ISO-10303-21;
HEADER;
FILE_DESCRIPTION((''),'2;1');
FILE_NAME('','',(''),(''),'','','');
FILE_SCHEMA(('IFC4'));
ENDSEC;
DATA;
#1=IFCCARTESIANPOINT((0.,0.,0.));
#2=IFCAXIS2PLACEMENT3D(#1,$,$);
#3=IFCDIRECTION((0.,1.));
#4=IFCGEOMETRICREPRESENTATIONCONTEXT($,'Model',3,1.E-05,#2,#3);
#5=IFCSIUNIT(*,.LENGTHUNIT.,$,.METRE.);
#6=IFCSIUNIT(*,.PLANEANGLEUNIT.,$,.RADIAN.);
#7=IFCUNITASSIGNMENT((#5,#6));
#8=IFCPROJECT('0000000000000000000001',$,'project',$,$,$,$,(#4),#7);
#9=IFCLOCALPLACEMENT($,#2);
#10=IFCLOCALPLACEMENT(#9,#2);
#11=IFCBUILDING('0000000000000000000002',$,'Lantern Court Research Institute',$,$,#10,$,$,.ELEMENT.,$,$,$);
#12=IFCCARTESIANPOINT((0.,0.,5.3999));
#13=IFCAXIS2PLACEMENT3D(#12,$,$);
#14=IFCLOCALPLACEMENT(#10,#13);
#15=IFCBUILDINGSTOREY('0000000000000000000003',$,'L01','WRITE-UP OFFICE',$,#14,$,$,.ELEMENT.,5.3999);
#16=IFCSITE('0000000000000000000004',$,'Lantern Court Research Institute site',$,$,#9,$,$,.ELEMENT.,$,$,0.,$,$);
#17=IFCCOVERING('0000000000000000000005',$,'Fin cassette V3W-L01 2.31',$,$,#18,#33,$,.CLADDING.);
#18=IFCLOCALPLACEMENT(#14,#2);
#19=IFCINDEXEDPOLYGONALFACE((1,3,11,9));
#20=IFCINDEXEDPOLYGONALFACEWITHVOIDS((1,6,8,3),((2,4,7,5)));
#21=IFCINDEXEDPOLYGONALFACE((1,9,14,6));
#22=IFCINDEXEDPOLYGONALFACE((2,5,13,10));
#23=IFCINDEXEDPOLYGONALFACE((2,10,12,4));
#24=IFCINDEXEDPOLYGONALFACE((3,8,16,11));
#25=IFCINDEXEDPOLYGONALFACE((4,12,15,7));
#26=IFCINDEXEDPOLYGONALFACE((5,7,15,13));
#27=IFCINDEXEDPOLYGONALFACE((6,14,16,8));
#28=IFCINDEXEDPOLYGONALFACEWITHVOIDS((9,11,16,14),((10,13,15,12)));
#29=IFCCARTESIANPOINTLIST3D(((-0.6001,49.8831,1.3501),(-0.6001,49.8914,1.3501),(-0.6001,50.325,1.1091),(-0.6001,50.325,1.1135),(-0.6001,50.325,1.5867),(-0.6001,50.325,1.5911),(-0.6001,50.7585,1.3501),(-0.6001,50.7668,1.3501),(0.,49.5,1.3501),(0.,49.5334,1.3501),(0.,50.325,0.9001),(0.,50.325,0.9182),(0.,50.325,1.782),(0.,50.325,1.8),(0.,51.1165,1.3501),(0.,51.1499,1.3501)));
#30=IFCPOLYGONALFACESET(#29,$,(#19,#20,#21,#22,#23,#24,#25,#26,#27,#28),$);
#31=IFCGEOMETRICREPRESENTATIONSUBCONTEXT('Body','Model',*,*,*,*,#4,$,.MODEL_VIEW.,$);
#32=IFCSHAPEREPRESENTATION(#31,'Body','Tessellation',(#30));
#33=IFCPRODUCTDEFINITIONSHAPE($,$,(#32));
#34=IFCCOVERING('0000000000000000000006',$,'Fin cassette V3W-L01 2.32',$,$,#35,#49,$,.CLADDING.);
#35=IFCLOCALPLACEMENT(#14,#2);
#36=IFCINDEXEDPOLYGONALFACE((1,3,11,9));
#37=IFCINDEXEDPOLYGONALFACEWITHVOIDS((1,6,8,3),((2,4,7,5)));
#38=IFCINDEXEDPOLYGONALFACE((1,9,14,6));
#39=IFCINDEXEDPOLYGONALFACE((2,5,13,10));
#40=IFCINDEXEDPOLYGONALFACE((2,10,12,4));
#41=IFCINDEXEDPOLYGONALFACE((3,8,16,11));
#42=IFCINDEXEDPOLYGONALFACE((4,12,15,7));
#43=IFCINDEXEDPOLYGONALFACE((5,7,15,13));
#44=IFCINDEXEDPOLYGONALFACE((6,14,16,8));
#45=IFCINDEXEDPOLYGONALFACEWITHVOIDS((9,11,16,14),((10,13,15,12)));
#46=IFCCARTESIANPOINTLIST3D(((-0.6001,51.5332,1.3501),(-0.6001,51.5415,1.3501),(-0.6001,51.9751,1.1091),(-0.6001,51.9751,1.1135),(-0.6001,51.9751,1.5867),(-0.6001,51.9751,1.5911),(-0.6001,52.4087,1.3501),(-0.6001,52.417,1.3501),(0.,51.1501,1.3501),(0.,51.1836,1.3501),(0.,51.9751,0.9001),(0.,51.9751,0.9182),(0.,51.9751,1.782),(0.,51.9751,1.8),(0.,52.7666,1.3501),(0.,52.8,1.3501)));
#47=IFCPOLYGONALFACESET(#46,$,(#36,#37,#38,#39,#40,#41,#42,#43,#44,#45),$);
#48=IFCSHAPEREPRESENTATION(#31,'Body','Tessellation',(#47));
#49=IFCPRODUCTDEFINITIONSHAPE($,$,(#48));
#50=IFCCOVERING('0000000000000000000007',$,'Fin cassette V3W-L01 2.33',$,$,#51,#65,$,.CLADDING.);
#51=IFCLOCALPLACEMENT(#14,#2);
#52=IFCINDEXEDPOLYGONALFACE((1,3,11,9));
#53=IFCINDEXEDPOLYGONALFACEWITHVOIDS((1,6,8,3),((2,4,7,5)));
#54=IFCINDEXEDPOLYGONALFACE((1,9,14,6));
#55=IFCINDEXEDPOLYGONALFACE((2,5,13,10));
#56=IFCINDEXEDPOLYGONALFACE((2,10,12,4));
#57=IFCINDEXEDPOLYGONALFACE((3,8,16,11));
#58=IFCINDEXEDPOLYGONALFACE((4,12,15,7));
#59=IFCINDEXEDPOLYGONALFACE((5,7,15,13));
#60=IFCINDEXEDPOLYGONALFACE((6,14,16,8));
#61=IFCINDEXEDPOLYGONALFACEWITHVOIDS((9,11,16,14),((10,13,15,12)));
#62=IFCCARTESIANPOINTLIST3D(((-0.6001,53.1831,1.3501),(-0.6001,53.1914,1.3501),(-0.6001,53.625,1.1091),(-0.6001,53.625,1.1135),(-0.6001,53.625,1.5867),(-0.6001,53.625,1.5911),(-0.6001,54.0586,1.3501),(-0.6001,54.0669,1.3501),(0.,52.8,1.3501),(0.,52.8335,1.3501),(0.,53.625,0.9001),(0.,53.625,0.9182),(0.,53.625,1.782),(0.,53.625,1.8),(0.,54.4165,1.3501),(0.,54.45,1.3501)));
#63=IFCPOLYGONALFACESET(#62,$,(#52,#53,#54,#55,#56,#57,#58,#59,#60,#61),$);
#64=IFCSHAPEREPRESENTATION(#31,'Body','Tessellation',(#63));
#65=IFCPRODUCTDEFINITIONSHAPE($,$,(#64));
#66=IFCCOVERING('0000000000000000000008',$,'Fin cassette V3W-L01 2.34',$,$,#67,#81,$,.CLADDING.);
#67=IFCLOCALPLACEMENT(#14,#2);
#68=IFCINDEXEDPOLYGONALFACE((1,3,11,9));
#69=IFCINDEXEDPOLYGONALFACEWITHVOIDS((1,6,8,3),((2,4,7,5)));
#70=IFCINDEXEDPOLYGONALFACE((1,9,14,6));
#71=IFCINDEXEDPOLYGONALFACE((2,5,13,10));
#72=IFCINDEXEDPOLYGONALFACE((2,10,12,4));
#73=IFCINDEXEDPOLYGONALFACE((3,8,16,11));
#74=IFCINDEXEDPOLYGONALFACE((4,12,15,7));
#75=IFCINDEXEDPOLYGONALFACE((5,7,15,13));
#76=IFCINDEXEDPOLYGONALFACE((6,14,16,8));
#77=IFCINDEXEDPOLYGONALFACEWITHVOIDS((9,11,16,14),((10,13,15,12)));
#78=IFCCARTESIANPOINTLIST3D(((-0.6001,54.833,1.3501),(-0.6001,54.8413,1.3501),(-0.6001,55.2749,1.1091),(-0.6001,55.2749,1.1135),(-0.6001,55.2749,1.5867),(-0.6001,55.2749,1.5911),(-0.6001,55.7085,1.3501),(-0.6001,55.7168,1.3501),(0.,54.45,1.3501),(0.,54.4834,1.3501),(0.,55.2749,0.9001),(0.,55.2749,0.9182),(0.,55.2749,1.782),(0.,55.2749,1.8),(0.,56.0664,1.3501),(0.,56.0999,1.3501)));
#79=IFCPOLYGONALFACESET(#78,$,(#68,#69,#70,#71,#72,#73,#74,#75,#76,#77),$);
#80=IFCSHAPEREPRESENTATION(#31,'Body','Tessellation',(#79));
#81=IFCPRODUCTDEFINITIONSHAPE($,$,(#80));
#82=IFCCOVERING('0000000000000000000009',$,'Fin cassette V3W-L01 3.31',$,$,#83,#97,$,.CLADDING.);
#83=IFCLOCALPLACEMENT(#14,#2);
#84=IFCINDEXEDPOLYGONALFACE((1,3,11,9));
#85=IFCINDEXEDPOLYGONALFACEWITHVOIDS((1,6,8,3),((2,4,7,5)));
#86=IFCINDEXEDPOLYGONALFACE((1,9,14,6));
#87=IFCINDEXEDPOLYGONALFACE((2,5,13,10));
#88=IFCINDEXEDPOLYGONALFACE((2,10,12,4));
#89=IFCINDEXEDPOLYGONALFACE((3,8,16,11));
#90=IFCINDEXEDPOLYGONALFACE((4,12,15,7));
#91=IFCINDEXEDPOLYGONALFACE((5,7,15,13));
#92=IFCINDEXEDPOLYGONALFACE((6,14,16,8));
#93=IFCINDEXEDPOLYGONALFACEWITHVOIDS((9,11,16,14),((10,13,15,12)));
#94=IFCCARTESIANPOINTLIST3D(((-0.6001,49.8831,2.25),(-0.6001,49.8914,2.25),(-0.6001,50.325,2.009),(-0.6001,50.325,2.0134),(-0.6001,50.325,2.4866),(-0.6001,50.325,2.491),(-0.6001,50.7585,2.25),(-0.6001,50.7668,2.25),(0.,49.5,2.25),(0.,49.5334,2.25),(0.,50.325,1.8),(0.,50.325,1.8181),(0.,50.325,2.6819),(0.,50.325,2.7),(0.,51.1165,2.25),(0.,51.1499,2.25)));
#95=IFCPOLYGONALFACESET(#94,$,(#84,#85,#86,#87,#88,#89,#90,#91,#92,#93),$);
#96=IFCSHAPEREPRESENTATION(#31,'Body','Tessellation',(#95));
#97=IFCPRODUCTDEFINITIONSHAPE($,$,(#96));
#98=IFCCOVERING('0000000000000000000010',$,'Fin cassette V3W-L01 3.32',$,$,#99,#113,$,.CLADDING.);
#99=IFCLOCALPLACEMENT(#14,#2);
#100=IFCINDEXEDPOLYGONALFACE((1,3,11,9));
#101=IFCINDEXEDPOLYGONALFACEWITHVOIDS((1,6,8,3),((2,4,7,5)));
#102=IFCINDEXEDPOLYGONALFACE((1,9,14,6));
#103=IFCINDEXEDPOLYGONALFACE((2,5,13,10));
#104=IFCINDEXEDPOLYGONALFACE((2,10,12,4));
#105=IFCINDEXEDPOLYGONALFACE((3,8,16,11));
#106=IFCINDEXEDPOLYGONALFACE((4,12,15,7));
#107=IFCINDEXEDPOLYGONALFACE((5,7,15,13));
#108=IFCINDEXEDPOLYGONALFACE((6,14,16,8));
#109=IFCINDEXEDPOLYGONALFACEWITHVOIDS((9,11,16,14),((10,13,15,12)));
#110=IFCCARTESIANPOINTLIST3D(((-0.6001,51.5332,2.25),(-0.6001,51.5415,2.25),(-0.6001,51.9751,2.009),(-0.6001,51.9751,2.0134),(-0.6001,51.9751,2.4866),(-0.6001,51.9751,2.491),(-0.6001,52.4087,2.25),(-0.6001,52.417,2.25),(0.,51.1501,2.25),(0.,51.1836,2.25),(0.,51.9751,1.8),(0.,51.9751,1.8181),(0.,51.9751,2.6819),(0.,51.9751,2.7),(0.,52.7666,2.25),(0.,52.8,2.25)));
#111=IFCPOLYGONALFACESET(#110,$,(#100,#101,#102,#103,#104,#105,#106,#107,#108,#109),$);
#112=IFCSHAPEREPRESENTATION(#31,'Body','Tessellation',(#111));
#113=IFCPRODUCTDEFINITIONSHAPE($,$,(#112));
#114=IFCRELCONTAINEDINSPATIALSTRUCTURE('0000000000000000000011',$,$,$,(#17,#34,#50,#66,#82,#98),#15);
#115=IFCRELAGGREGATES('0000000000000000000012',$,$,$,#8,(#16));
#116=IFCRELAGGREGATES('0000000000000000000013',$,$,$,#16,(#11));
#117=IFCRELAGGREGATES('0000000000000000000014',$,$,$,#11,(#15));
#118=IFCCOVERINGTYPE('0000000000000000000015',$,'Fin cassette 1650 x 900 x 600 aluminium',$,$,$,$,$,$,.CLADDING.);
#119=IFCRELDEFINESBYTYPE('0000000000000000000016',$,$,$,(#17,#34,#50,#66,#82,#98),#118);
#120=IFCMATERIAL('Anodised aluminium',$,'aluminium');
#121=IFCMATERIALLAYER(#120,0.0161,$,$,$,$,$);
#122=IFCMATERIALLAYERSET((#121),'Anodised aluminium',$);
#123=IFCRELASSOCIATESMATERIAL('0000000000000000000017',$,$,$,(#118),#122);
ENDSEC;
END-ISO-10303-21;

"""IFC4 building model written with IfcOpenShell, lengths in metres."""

from ifc_helpers import new_model, entity, si_unit, direction, frame, origin, place, context, subcontext, project, spatial, material, layer, layer_set, type_object, element, save


model = new_model("IFC4")

# Units and contexts
model_context = context("Model", 3, precision=1e-05, world=origin(), true_north=direction((0.0, 1.0)))
body_context = subcontext(model_context, "Body", "Model", "MODEL_VIEW")
ifc_project = project(units=[si_unit("LENGTHUNIT", "METRE"), si_unit("PLANEANGLEUNIT", "RADIAN")], contexts=[model_context])

# Site, building, storey
site_placement = place(None, origin())
site = spatial("IfcSite", under=ifc_project, at=site_placement, Name="Lantern Court Research Institute site", CompositionType="ELEMENT", RefElevation=0.0)
building_placement = place(site_placement, origin())
building = spatial("IfcBuilding", under=site, at=building_placement, Name="Lantern Court Research Institute", CompositionType="ELEMENT")
storey_placement = place(building_placement, frame((0.0, 0.0, 5.3999)))
storey = spatial("IfcBuildingStorey", under=building, at=storey_placement, Name="L01", Description="WRITE-UP OFFICE", CompositionType="ELEMENT", Elevation=5.3999)

# Coverings
ifc_material_1 = material(Name="Anodised aluminium", Category="aluminium")
ifc_layer_1 = layer(ifc_material_1, 0.0161)
ifc_layer_set_1 = layer_set([ifc_layer_1], Name="Anodised aluminium")
covering_type = type_object("IfcCoveringType", Name="Fin cassette 1650 x 900 x 600 aluminium", PredefinedType="CLADDING", material=ifc_layer_set_1)
covering_1_placement = place(storey_placement, frame((0.0, 50.325, 1.3501), z_axis=(-1.0, 0.0, 0.0), x_axis=(0.0, -1.0, 0.0)))
cartesian_point_1 = entity("IfcCartesianPoint", [0.825, 0.0])
cartesian_point_2 = entity("IfcCartesianPoint", [0.7915, 0.0])
cartesian_point_3 = entity("IfcCartesianPoint", [0.4419, 0.0])
cartesian_point_4 = entity("IfcCartesianPoint", [0.4336, 0.0])
element("IfcCovering", 1, at=covering_1_placement, inside=storey, type_object=covering_type, Name="Fin cassette V3W-L01 2.31", PredefinedType="CLADDING", context=body_context, shape_type="SweptSolid", body=[
    entity("IfcExtrudedAreaSolidTapered", entity("IfcArbitraryProfileDefWithVoids", "AREA", None, entity("IfcPolyline", [cartesian_point_1, entity("IfcCartesianPoint", [0.0, 0.45]), entity("IfcCartesianPoint", [-0.825, 0.0]), entity("IfcCartesianPoint", [0.0, -0.45]), cartesian_point_1]), [entity("IfcPolyline", [cartesian_point_2, entity("IfcCartesianPoint", [0.0, 0.4319]), entity("IfcCartesianPoint", [-0.7915, 0.0]), entity("IfcCartesianPoint", [0.0, -0.4319]), cartesian_point_2])]), entity("IfcAxis2Placement3D", entity("IfcCartesianPoint", [0.0, 0.0, 0.0])), entity("IfcDirection", [0.0, 0.0, 1.0]), 0.6001, entity("IfcArbitraryProfileDefWithVoids", "AREA", None, entity("IfcPolyline", [cartesian_point_3, entity("IfcCartesianPoint", [0.0, 0.241]), entity("IfcCartesianPoint", [-0.4419, 0.0]), entity("IfcCartesianPoint", [0.0, -0.241]), cartesian_point_3]), [entity("IfcPolyline", [cartesian_point_4, entity("IfcCartesianPoint", [0.0, 0.2366]), entity("IfcCartesianPoint", [-0.4336, 0.0]), entity("IfcCartesianPoint", [0.0, -0.2366]), cartesian_point_4])])),
])
covering_2_placement = place(storey_placement, frame((0.0, 51.9751, 1.3501), z_axis=(-1.0, 0.0, 0.0), x_axis=(0.0, -1.0, 0.0)))
cartesian_point_5 = entity("IfcCartesianPoint", [0.825, 0.0])
cartesian_point_6 = entity("IfcCartesianPoint", [0.7915, 0.0])
cartesian_point_7 = entity("IfcCartesianPoint", [0.4419, 0.0])
cartesian_point_8 = entity("IfcCartesianPoint", [0.4336, 0.0])
element("IfcCovering", 2, at=covering_2_placement, inside=storey, type_object=covering_type, Name="Fin cassette V3W-L01 2.32", PredefinedType="CLADDING", context=body_context, shape_type="SweptSolid", body=[
    entity("IfcExtrudedAreaSolidTapered", entity("IfcArbitraryProfileDefWithVoids", "AREA", None, entity("IfcPolyline", [cartesian_point_5, entity("IfcCartesianPoint", [0.0, 0.45]), entity("IfcCartesianPoint", [-0.825, 0.0]), entity("IfcCartesianPoint", [0.0, -0.45]), cartesian_point_5]), [entity("IfcPolyline", [cartesian_point_6, entity("IfcCartesianPoint", [0.0, 0.4319]), entity("IfcCartesianPoint", [-0.7915, 0.0]), entity("IfcCartesianPoint", [0.0, -0.4319]), cartesian_point_6])]), entity("IfcAxis2Placement3D", entity("IfcCartesianPoint", [0.0, 0.0, 0.0])), entity("IfcDirection", [0.0, 0.0, 1.0]), 0.6001, entity("IfcArbitraryProfileDefWithVoids", "AREA", None, entity("IfcPolyline", [cartesian_point_7, entity("IfcCartesianPoint", [0.0, 0.241]), entity("IfcCartesianPoint", [-0.4419, 0.0]), entity("IfcCartesianPoint", [0.0, -0.241]), cartesian_point_7]), [entity("IfcPolyline", [cartesian_point_8, entity("IfcCartesianPoint", [0.0, 0.2366]), entity("IfcCartesianPoint", [-0.4336, 0.0]), entity("IfcCartesianPoint", [0.0, -0.2366]), cartesian_point_8])])),
])
covering_3_placement = place(storey_placement, frame((0.0, 53.625, 1.3501), z_axis=(-1.0, 0.0, 0.0), x_axis=(0.0, -1.0, 0.0)))
cartesian_point_9 = entity("IfcCartesianPoint", [0.825, 0.0])
cartesian_point_10 = entity("IfcCartesianPoint", [0.7915, 0.0])
cartesian_point_11 = entity("IfcCartesianPoint", [0.4419, 0.0])
cartesian_point_12 = entity("IfcCartesianPoint", [0.4336, 0.0])
element("IfcCovering", 3, at=covering_3_placement, inside=storey, type_object=covering_type, Name="Fin cassette V3W-L01 2.33", PredefinedType="CLADDING", context=body_context, shape_type="SweptSolid", body=[
    entity("IfcExtrudedAreaSolidTapered", entity("IfcArbitraryProfileDefWithVoids", "AREA", None, entity("IfcPolyline", [cartesian_point_9, entity("IfcCartesianPoint", [0.0, 0.45]), entity("IfcCartesianPoint", [-0.825, 0.0]), entity("IfcCartesianPoint", [0.0, -0.45]), cartesian_point_9]), [entity("IfcPolyline", [cartesian_point_10, entity("IfcCartesianPoint", [0.0, 0.4319]), entity("IfcCartesianPoint", [-0.7915, 0.0]), entity("IfcCartesianPoint", [0.0, -0.4319]), cartesian_point_10])]), entity("IfcAxis2Placement3D", entity("IfcCartesianPoint", [0.0, 0.0, 0.0])), entity("IfcDirection", [0.0, 0.0, 1.0]), 0.6001, entity("IfcArbitraryProfileDefWithVoids", "AREA", None, entity("IfcPolyline", [cartesian_point_11, entity("IfcCartesianPoint", [0.0, 0.241]), entity("IfcCartesianPoint", [-0.4419, 0.0]), entity("IfcCartesianPoint", [0.0, -0.241]), cartesian_point_11]), [entity("IfcPolyline", [cartesian_point_12, entity("IfcCartesianPoint", [0.0, 0.2366]), entity("IfcCartesianPoint", [-0.4336, 0.0]), entity("IfcCartesianPoint", [0.0, -0.2366]), cartesian_point_12])])),
])
covering_4_placement = place(storey_placement, frame((0.0, 55.2749, 1.3501), z_axis=(-1.0, 0.0, 0.0), x_axis=(0.0, -1.0, 0.0)))
cartesian_point_13 = entity("IfcCartesianPoint", [0.825, 0.0])
cartesian_point_14 = entity("IfcCartesianPoint", [0.7915, 0.0])
cartesian_point_15 = entity("IfcCartesianPoint", [0.4419, 0.0])
cartesian_point_16 = entity("IfcCartesianPoint", [0.4336, 0.0])
element("IfcCovering", 4, at=covering_4_placement, inside=storey, type_object=covering_type, Name="Fin cassette V3W-L01 2.34", PredefinedType="CLADDING", context=body_context, shape_type="SweptSolid", body=[
    entity("IfcExtrudedAreaSolidTapered", entity("IfcArbitraryProfileDefWithVoids", "AREA", None, entity("IfcPolyline", [cartesian_point_13, entity("IfcCartesianPoint", [0.0, 0.45]), entity("IfcCartesianPoint", [-0.825, 0.0]), entity("IfcCartesianPoint", [0.0, -0.45]), cartesian_point_13]), [entity("IfcPolyline", [cartesian_point_14, entity("IfcCartesianPoint", [0.0, 0.4319]), entity("IfcCartesianPoint", [-0.7915, 0.0]), entity("IfcCartesianPoint", [0.0, -0.4319]), cartesian_point_14])]), entity("IfcAxis2Placement3D", entity("IfcCartesianPoint", [0.0, 0.0, 0.0])), entity("IfcDirection", [0.0, 0.0, 1.0]), 0.6001, entity("IfcArbitraryProfileDefWithVoids", "AREA", None, entity("IfcPolyline", [cartesian_point_15, entity("IfcCartesianPoint", [0.0, 0.241]), entity("IfcCartesianPoint", [-0.4419, 0.0]), entity("IfcCartesianPoint", [0.0, -0.241]), cartesian_point_15]), [entity("IfcPolyline", [cartesian_point_16, entity("IfcCartesianPoint", [0.0, 0.2366]), entity("IfcCartesianPoint", [-0.4336, 0.0]), entity("IfcCartesianPoint", [0.0, -0.2366]), cartesian_point_16])])),
])
covering_5_placement = place(storey_placement, frame((0.0, 50.325, 2.25), z_axis=(-1.0, 0.0, 0.0), x_axis=(0.0, -1.0, 0.0)))
cartesian_point_17 = entity("IfcCartesianPoint", [0.825, 0.0])
cartesian_point_18 = entity("IfcCartesianPoint", [0.7915, 0.0])
cartesian_point_19 = entity("IfcCartesianPoint", [0.4419, 0.0])
cartesian_point_20 = entity("IfcCartesianPoint", [0.4336, 0.0])
element("IfcCovering", 5, at=covering_5_placement, inside=storey, type_object=covering_type, Name="Fin cassette V3W-L01 3.31", PredefinedType="CLADDING", context=body_context, shape_type="SweptSolid", body=[
    entity("IfcExtrudedAreaSolidTapered", entity("IfcArbitraryProfileDefWithVoids", "AREA", None, entity("IfcPolyline", [cartesian_point_17, entity("IfcCartesianPoint", [0.0, 0.45]), entity("IfcCartesianPoint", [-0.825, 0.0]), entity("IfcCartesianPoint", [0.0, -0.45]), cartesian_point_17]), [entity("IfcPolyline", [cartesian_point_18, entity("IfcCartesianPoint", [0.0, 0.4319]), entity("IfcCartesianPoint", [-0.7915, 0.0]), entity("IfcCartesianPoint", [0.0, -0.4319]), cartesian_point_18])]), entity("IfcAxis2Placement3D", entity("IfcCartesianPoint", [0.0, 0.0, 0.0])), entity("IfcDirection", [0.0, 0.0, 1.0]), 0.6001, entity("IfcArbitraryProfileDefWithVoids", "AREA", None, entity("IfcPolyline", [cartesian_point_19, entity("IfcCartesianPoint", [0.0, 0.241]), entity("IfcCartesianPoint", [-0.4419, 0.0]), entity("IfcCartesianPoint", [0.0, -0.241]), cartesian_point_19]), [entity("IfcPolyline", [cartesian_point_20, entity("IfcCartesianPoint", [0.0, 0.2366]), entity("IfcCartesianPoint", [-0.4336, 0.0]), entity("IfcCartesianPoint", [0.0, -0.2366]), cartesian_point_20])])),
])
covering_6_placement = place(storey_placement, frame((0.0, 51.9751, 2.25), z_axis=(-1.0, 0.0, 0.0), x_axis=(0.0, -1.0, 0.0)))
cartesian_point_21 = entity("IfcCartesianPoint", [0.825, 0.0])
cartesian_point_22 = entity("IfcCartesianPoint", [0.7915, 0.0])
cartesian_point_23 = entity("IfcCartesianPoint", [0.4419, 0.0])
cartesian_point_24 = entity("IfcCartesianPoint", [0.4336, 0.0])
element("IfcCovering", 6, at=covering_6_placement, inside=storey, type_object=covering_type, Name="Fin cassette V3W-L01 3.32", PredefinedType="CLADDING", context=body_context, shape_type="SweptSolid", body=[
    entity("IfcExtrudedAreaSolidTapered", entity("IfcArbitraryProfileDefWithVoids", "AREA", None, entity("IfcPolyline", [cartesian_point_21, entity("IfcCartesianPoint", [0.0, 0.45]), entity("IfcCartesianPoint", [-0.825, 0.0]), entity("IfcCartesianPoint", [0.0, -0.45]), cartesian_point_21]), [entity("IfcPolyline", [cartesian_point_22, entity("IfcCartesianPoint", [0.0, 0.4319]), entity("IfcCartesianPoint", [-0.7915, 0.0]), entity("IfcCartesianPoint", [0.0, -0.4319]), cartesian_point_22])]), entity("IfcAxis2Placement3D", entity("IfcCartesianPoint", [0.0, 0.0, 0.0])), entity("IfcDirection", [0.0, 0.0, 1.0]), 0.6001, entity("IfcArbitraryProfileDefWithVoids", "AREA", None, entity("IfcPolyline", [cartesian_point_23, entity("IfcCartesianPoint", [0.0, 0.241]), entity("IfcCartesianPoint", [-0.4419, 0.0]), entity("IfcCartesianPoint", [0.0, -0.241]), cartesian_point_23]), [entity("IfcPolyline", [cartesian_point_24, entity("IfcCartesianPoint", [0.0, 0.2366]), entity("IfcCartesianPoint", [-0.4336, 0.0]), entity("IfcCartesianPoint", [0.0, -0.2366]), cartesian_point_24])])),
])

save(model, "model.ifc")
